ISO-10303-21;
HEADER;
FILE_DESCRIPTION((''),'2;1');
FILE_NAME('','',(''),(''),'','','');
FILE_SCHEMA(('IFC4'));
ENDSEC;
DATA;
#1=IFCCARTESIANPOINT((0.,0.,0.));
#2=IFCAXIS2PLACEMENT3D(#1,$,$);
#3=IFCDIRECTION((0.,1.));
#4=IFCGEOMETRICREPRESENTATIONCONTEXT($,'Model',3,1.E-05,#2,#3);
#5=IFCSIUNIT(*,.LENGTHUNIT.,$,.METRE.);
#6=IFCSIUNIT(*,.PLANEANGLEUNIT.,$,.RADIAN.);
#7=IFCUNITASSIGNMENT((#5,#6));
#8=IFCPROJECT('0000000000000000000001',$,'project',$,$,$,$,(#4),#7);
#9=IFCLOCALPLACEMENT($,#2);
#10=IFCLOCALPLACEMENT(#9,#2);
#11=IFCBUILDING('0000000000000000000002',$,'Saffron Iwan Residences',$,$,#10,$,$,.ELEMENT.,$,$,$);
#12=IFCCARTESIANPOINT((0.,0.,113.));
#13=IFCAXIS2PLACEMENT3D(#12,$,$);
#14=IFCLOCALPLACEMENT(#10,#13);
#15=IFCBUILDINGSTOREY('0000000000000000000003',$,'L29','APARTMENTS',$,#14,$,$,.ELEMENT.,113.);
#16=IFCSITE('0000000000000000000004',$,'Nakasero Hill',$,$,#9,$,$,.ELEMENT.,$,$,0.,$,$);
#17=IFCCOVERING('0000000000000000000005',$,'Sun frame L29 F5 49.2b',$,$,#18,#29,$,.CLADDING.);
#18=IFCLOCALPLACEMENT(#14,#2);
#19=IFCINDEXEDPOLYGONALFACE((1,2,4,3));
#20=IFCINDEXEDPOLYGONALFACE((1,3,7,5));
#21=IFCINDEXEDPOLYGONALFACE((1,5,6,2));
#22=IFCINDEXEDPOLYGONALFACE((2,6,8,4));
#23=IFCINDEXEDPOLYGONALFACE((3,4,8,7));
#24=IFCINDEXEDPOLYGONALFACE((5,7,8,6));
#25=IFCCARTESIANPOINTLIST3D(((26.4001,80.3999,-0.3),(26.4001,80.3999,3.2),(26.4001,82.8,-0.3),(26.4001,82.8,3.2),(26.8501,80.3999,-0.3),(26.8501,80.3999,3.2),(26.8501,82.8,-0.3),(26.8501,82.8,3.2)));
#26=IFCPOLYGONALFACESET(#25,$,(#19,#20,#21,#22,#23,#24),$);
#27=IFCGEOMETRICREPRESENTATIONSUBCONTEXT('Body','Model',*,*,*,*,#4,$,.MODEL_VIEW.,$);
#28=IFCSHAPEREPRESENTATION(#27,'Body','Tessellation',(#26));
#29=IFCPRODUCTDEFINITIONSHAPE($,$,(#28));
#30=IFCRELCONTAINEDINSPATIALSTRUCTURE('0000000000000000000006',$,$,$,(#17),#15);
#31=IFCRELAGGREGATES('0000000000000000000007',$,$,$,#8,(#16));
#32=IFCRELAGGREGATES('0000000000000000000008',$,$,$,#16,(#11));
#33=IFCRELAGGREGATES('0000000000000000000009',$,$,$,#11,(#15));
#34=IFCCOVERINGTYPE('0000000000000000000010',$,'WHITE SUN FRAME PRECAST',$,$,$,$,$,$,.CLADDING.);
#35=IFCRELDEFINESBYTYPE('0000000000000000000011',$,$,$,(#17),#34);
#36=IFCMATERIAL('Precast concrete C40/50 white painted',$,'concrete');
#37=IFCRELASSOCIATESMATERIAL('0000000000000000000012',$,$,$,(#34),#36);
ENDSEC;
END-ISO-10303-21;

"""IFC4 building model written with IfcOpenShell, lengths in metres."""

from ifc_helpers import new_model, si_unit, direction, frame, origin, place, context, subcontext, project, spatial, polyline, outline, extrude, material, type_object, element, save


model = new_model("IFC4")

# Units and contexts
model_context = context("Model", 3, precision=1e-05, world=origin(), true_north=direction((0.0, 1.0)))
body_context = subcontext(model_context, "Body", "Model", "MODEL_VIEW")
ifc_project = project(units=[si_unit("LENGTHUNIT", "METRE"), si_unit("PLANEANGLEUNIT", "RADIAN")], contexts=[model_context])

# Site, building, storey
site_placement = place(None, origin())
site = spatial("IfcSite", under=ifc_project, at=site_placement, Name="Nakasero Hill", CompositionType="ELEMENT", RefElevation=0.0)
building_placement = place(site_placement, origin())
building = spatial("IfcBuilding", under=site, at=building_placement, Name="Saffron Iwan Residences", CompositionType="ELEMENT")
storey_placement = place(building_placement, frame((0.0, 0.0, 113.0)))
storey = spatial("IfcBuildingStorey", under=building, at=storey_placement, Name="L29", Description="APARTMENTS", CompositionType="ELEMENT", Elevation=113.0)

# Covering
ifc_material_1 = material(Name="Precast concrete C40/50 white painted", Category="concrete")
covering_type_1 = type_object("IfcCoveringType", Name="WHITE SUN FRAME PRECAST", PredefinedType="CLADDING", material=ifc_material_1)
covering_1_placement = place(storey_placement, frame((26.8501, 80.3999, -0.3), z_axis=(0.0, 1.0, 0.0), x_axis=(-1.0, 0.0, 0.0)))
element("IfcCovering", 1, at=covering_1_placement, inside=storey, type_object=covering_type_1, Name="Sun frame L29 F5 49.2b", PredefinedType="CLADDING", context=body_context, shape_type="SweptSolid", body=[
    extrude(outline(polyline([(0.0, 0.0), (0.45, 0.0), (0.45, 3.5), (0.0, 3.5), (0.0, 0.0)])), origin(), (0.0, 0.0, 1.0), 2.4001),
])

save(model, "model.ifc")
